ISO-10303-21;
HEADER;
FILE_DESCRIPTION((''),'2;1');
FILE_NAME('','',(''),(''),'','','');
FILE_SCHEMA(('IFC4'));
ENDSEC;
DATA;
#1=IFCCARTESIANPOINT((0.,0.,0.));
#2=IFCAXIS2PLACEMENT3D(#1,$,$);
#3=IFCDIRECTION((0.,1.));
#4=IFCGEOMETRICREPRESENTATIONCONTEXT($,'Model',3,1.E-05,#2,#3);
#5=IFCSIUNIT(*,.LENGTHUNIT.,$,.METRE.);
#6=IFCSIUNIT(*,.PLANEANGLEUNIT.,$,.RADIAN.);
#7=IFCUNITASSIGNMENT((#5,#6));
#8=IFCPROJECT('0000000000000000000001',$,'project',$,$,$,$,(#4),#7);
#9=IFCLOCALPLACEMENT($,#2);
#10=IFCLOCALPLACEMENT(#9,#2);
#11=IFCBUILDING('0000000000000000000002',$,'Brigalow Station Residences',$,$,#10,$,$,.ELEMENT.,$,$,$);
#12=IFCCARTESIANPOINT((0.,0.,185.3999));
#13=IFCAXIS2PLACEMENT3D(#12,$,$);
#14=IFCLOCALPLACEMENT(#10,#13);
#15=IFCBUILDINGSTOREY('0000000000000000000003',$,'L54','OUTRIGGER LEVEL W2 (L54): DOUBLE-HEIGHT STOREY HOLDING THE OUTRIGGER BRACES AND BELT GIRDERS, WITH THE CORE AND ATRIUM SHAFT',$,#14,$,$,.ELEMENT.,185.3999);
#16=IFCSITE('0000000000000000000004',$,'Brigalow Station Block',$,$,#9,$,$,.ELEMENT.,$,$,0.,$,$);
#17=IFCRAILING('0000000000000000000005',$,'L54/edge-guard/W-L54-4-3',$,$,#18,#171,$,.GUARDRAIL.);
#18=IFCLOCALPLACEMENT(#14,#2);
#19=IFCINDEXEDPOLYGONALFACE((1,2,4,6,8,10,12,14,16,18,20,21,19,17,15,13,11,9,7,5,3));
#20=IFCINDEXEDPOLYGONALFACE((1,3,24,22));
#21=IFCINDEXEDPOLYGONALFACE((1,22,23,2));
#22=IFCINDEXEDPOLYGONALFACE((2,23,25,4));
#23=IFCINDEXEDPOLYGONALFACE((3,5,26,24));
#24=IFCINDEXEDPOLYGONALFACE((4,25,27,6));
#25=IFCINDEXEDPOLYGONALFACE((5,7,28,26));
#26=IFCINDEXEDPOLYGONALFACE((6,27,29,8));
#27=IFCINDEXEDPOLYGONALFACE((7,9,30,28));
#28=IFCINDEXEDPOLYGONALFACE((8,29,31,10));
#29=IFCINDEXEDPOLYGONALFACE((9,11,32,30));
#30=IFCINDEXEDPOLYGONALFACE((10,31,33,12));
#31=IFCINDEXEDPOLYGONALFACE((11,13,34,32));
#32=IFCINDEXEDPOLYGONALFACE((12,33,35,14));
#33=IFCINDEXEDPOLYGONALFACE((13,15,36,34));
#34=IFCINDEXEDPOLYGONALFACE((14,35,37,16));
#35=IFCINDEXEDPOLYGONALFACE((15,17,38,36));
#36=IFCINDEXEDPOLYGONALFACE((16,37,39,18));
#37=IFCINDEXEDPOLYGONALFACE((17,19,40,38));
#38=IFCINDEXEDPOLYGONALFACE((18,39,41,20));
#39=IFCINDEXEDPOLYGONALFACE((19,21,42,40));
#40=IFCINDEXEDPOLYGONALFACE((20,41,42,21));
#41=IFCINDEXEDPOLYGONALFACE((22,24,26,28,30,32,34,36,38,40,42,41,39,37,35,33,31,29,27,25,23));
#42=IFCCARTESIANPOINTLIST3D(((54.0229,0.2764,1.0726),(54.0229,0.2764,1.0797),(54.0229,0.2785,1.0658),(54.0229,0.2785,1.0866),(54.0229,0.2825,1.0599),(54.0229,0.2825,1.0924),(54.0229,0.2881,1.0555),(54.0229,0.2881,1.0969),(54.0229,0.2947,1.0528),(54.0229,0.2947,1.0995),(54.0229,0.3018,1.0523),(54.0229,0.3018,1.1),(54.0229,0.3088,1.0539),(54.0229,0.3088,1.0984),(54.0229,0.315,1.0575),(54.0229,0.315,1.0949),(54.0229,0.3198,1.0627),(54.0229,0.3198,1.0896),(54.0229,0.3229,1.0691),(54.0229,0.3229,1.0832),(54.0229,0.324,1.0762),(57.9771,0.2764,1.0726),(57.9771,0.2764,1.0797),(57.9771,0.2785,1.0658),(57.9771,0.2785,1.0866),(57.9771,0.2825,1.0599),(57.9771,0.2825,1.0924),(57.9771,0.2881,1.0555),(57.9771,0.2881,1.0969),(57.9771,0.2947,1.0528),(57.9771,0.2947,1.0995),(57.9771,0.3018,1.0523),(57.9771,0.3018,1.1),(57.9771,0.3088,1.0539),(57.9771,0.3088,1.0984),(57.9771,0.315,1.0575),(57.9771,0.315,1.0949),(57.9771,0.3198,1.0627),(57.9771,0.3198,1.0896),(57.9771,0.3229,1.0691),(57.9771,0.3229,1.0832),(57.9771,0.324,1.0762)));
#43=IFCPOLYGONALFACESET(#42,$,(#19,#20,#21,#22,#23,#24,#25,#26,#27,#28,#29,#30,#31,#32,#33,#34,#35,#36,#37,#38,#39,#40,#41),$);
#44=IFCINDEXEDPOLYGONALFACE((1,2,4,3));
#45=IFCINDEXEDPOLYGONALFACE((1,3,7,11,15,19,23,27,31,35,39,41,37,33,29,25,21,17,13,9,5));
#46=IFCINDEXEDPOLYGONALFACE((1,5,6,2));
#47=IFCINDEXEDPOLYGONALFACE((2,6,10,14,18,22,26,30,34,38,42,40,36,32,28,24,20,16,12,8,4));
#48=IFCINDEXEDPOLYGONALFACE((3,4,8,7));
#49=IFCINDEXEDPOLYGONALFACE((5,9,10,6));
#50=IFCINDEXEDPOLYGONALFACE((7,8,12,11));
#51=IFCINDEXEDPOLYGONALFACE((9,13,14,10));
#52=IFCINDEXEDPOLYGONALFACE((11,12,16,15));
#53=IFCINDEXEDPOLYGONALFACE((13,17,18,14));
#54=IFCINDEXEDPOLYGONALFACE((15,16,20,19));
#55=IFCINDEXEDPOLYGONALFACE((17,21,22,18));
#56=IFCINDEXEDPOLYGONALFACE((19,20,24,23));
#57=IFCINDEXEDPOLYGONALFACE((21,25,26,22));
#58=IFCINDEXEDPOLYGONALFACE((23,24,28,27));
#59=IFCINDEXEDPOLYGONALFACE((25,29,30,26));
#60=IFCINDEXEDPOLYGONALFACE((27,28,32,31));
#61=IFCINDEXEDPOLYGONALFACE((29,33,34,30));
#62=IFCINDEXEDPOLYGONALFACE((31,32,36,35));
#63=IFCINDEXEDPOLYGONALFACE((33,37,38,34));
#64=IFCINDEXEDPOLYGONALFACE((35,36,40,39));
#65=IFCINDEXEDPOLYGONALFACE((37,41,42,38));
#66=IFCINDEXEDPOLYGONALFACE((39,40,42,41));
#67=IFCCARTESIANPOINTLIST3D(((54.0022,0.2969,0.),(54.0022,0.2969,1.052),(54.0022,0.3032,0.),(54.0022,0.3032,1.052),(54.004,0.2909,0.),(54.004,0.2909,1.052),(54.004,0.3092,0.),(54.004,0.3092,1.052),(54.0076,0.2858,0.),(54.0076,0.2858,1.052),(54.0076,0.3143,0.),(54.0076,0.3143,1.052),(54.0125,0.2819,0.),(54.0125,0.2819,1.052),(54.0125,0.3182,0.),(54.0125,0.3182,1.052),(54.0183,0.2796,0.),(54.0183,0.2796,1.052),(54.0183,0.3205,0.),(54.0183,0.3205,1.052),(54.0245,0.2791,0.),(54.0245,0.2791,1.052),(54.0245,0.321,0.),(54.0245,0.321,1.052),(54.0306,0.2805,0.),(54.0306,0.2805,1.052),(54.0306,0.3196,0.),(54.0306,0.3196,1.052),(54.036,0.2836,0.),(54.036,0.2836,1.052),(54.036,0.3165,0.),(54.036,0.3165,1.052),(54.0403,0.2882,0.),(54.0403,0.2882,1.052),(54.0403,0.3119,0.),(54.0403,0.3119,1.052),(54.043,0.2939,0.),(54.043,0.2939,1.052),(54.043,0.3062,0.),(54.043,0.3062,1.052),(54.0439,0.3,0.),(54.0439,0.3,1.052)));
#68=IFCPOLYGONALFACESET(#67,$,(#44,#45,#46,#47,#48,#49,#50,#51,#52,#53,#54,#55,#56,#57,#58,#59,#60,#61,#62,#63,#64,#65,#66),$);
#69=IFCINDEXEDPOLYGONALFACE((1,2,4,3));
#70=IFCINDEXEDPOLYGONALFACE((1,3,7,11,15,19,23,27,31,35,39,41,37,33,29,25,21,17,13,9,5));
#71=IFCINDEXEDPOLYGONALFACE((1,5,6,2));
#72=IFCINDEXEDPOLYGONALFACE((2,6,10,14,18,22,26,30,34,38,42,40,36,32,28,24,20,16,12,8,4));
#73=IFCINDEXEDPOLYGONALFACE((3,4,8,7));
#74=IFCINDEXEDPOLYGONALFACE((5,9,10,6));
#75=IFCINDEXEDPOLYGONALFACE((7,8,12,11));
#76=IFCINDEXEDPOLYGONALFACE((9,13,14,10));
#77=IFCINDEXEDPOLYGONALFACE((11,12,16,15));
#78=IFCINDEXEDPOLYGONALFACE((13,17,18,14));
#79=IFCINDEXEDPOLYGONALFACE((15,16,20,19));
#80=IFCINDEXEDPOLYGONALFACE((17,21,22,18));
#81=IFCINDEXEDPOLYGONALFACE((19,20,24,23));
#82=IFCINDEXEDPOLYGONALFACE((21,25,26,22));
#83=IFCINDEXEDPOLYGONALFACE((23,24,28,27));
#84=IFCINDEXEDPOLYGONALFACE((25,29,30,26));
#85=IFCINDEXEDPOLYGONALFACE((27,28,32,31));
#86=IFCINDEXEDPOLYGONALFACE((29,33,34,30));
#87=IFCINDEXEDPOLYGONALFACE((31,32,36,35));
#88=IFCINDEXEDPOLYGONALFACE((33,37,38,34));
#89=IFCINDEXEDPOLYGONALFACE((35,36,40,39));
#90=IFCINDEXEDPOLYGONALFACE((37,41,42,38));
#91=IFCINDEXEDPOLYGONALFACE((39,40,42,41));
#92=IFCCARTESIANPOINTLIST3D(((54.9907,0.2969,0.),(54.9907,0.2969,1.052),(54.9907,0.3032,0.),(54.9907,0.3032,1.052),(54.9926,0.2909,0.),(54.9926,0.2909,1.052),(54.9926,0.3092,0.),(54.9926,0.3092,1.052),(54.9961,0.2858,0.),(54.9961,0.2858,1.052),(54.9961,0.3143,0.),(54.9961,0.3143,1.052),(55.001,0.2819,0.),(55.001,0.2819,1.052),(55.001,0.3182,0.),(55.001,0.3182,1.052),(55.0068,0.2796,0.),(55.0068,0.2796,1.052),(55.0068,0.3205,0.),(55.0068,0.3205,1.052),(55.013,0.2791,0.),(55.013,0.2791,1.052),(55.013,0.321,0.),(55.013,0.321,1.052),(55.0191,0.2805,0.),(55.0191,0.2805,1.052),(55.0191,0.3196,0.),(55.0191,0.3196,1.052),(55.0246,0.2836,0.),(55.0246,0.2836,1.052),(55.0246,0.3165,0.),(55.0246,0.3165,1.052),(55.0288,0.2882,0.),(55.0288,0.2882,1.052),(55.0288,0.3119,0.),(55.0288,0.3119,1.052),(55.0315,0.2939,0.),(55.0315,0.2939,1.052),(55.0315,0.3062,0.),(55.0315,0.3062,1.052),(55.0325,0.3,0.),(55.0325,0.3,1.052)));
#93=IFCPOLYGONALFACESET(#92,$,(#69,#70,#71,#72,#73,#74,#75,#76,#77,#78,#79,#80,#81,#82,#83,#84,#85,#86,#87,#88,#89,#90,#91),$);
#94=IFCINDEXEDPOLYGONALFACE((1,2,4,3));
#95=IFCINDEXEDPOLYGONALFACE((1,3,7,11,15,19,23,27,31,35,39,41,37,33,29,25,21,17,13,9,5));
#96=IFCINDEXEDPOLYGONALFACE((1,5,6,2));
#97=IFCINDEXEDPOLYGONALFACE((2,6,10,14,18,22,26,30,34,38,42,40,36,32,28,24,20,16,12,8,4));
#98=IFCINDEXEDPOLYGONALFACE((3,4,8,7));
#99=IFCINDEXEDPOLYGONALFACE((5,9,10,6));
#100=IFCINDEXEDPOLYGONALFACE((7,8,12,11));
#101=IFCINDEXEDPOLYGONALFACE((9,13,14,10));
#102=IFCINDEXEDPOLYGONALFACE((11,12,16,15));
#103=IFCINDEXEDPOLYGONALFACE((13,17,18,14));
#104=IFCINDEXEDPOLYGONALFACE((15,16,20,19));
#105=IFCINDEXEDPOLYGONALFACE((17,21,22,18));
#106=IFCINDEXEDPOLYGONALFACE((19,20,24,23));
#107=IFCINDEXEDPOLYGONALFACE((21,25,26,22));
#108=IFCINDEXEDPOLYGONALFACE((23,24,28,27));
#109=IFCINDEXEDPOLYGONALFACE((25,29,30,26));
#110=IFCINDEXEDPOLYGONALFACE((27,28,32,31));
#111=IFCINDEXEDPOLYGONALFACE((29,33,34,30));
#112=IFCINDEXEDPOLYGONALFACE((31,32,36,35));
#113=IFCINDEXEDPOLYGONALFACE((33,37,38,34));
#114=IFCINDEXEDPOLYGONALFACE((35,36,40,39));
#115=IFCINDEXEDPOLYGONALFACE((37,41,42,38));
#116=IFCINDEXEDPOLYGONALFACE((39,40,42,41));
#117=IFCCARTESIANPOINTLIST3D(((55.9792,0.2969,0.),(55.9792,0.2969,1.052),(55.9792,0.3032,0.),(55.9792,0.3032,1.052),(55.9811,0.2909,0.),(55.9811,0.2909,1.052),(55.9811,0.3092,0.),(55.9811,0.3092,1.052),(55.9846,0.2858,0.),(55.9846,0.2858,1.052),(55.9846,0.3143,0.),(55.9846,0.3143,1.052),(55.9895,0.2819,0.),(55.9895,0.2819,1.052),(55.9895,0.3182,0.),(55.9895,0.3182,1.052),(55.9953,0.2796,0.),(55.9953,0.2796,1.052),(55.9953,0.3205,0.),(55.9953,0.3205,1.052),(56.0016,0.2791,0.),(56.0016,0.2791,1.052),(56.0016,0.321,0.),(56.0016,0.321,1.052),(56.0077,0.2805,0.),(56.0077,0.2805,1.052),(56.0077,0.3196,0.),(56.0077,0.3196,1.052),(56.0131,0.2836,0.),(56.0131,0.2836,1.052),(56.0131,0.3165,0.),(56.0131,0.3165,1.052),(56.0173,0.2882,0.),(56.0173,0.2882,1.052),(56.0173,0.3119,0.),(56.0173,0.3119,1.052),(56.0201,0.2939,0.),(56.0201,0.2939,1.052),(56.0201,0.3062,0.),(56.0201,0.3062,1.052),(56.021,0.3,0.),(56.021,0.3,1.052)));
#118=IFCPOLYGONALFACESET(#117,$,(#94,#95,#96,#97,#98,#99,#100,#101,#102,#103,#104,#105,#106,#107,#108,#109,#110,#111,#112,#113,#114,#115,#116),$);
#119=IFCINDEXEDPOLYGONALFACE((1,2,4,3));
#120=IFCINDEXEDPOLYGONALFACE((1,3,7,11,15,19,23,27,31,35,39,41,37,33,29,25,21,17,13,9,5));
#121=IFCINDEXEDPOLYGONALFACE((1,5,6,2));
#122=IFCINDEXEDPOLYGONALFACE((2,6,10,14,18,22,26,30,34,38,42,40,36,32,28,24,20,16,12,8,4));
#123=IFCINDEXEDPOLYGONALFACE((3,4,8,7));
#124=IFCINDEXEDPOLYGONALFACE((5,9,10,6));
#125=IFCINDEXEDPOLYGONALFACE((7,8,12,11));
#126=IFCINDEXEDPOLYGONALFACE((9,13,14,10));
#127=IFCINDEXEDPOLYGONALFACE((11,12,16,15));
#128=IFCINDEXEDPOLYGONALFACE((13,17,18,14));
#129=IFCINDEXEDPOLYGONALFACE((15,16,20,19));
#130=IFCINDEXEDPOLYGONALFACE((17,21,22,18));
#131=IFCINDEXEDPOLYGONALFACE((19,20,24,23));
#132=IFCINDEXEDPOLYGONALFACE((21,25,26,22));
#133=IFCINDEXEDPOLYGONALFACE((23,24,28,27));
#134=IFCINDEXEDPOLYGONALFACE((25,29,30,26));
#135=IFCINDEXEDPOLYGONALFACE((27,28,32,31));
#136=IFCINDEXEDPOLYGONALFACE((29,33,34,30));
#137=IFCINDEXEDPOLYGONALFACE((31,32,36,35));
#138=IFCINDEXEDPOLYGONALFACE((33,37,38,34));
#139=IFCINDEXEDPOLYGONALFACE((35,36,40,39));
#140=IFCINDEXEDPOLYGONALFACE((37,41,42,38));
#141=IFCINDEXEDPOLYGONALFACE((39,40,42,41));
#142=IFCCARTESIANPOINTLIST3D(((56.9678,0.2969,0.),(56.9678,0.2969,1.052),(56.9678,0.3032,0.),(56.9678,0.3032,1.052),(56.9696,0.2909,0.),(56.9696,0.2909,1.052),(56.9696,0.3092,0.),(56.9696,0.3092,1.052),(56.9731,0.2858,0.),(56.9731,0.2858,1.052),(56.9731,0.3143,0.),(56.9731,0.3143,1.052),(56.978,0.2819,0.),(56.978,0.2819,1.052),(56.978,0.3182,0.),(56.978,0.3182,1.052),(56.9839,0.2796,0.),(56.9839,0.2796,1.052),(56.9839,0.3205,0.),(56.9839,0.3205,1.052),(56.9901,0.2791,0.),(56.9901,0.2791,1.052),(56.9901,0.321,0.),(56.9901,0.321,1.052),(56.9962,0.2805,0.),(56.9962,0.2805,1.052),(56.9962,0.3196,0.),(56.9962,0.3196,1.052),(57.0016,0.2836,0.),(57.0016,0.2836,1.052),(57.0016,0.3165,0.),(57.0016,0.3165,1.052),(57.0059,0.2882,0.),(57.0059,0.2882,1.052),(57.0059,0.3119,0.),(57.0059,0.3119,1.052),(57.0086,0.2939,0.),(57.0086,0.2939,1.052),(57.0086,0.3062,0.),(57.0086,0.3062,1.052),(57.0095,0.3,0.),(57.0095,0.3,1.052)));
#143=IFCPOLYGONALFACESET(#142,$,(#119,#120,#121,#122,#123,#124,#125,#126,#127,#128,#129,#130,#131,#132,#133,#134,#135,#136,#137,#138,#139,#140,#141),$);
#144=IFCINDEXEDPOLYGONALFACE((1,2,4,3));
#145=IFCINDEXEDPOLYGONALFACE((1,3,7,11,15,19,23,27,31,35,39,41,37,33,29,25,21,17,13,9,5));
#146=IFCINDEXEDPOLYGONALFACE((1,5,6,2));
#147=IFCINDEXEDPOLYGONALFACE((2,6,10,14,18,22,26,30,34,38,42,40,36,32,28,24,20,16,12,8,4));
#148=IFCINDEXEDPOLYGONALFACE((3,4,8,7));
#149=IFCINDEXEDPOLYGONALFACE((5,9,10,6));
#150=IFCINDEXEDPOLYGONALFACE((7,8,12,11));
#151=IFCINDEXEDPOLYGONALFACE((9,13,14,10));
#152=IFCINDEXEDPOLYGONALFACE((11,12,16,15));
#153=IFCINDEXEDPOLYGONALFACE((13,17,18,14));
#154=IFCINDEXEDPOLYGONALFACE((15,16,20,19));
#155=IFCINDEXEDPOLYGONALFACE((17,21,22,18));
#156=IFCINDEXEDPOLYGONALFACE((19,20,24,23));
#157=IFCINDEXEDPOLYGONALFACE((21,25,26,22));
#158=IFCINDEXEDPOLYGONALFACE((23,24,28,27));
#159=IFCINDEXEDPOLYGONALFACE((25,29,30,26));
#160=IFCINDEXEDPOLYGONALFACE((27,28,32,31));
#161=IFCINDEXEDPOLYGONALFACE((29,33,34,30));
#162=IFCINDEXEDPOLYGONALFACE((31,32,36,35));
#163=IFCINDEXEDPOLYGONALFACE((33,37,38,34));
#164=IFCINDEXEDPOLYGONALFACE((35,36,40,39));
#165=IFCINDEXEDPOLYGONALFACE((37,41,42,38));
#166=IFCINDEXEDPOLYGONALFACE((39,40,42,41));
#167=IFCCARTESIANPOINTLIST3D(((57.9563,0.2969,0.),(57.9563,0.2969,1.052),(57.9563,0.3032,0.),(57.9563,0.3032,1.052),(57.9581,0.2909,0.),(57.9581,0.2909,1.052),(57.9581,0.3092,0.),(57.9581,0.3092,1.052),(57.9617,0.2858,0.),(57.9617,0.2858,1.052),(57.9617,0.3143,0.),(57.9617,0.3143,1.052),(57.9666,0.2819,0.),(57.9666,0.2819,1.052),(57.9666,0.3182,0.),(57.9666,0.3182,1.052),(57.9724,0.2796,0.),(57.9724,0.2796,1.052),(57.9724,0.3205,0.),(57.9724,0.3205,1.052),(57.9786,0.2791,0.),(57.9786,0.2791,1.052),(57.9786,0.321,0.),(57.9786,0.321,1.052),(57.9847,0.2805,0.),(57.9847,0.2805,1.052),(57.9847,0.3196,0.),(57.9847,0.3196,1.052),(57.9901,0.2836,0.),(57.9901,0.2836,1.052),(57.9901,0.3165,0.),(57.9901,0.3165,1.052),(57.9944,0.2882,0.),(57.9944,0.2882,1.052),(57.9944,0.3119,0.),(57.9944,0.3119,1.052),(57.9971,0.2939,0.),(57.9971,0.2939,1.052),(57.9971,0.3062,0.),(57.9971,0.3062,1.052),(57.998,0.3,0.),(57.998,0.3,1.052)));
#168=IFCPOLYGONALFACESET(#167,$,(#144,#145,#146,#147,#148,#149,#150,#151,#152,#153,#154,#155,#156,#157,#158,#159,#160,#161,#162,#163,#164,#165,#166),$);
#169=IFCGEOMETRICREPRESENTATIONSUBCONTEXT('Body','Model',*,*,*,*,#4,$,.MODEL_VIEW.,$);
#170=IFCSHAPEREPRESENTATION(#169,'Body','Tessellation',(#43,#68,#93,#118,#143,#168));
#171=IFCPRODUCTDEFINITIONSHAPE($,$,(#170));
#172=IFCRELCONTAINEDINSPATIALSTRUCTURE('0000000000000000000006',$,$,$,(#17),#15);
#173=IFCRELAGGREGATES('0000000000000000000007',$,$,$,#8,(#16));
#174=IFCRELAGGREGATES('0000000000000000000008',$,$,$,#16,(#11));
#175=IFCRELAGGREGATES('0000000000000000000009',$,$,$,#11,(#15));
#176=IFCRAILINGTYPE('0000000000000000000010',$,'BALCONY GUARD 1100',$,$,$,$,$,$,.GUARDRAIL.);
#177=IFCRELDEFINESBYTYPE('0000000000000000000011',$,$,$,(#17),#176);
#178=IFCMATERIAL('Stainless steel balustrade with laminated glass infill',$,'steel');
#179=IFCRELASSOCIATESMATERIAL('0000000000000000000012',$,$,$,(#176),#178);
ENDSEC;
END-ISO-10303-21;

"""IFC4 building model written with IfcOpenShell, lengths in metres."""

from ifc_helpers import new_model, si_unit, direction, frame, origin, origin_2d, place, context, subcontext, project, spatial, circle, extrude, material, type_object, element, save


model = new_model("IFC4")

# Units and contexts
model_context = context("Model", 3, precision=1e-05, world=origin(), true_north=direction((0.0, 1.0)))
body_context = subcontext(model_context, "Body", "Model", "MODEL_VIEW")
ifc_project = project(units=[si_unit("LENGTHUNIT", "METRE"), si_unit("PLANEANGLEUNIT", "RADIAN")], contexts=[model_context])

# Site, building, storey
site_placement = place(None, origin())
site = spatial("IfcSite", under=ifc_project, at=site_placement, Name="Brigalow Station Block", CompositionType="ELEMENT", RefElevation=0.0)
building_placement = place(site_placement, origin())
building = spatial("IfcBuilding", under=site, at=building_placement, Name="Brigalow Station Residences", CompositionType="ELEMENT")
storey_placement = place(building_placement, frame((0.0, 0.0, 185.3999)))
storey = spatial("IfcBuildingStorey", under=building, at=storey_placement, Name="L54", Description="OUTRIGGER LEVEL W2 (L54): DOUBLE-HEIGHT STOREY HOLDING THE OUTRIGGER BRACES AND BELT GIRDERS, WITH THE CORE AND ATRIUM SHAFT", CompositionType="ELEMENT", Elevation=185.3999)

# Railing
ifc_material_1 = material(Name="Stainless steel balustrade with laminated glass infill", Category="steel")
railing_type = type_object("IfcRailingType", Name="BALCONY GUARD 1100", PredefinedType="GUARDRAIL", material=ifc_material_1)
railing_1_placement = place(storey_placement, frame((54.0229, 0.3, 0.0)))
element("IfcRailing", 1, at=railing_1_placement, inside=storey, type_object=railing_type, Name="L54/edge-guard/W-L54-4-3", PredefinedType="GUARDRAIL", context=body_context, shape_type="SweptSolid", body=[
    extrude(circle(Radius=0.0239, at=origin_2d()), frame((0.0, 0.0, 1.0762), z_axis=(1.0, 0.0, 0.0), x_axis=(0.0, 1.0, 0.0)), (0.0, 0.0, 1.0), 3.9541),
    extrude(circle(Radius=0.021, at=origin_2d()), origin(), (0.0, 0.0, 1.0), 1.052),
    extrude(circle(Radius=0.021, at=origin_2d()), frame((0.9885, 0.0, 0.0)), (0.0, 0.0, 1.0), 1.052),
    extrude(circle(Radius=0.021, at=origin_2d()), frame((1.9771, 0.0, 0.0)), (0.0, 0.0, 1.0), 1.052),
    extrude(circle(Radius=0.021, at=origin_2d()), frame((2.9656, 0.0, 0.0)), (0.0, 0.0, 1.0), 1.052),
    extrude(circle(Radius=0.021, at=origin_2d()), frame((3.9541, 0.0, 0.0)), (0.0, 0.0, 1.0), 1.052),
])

save(model, "model.ifc")
